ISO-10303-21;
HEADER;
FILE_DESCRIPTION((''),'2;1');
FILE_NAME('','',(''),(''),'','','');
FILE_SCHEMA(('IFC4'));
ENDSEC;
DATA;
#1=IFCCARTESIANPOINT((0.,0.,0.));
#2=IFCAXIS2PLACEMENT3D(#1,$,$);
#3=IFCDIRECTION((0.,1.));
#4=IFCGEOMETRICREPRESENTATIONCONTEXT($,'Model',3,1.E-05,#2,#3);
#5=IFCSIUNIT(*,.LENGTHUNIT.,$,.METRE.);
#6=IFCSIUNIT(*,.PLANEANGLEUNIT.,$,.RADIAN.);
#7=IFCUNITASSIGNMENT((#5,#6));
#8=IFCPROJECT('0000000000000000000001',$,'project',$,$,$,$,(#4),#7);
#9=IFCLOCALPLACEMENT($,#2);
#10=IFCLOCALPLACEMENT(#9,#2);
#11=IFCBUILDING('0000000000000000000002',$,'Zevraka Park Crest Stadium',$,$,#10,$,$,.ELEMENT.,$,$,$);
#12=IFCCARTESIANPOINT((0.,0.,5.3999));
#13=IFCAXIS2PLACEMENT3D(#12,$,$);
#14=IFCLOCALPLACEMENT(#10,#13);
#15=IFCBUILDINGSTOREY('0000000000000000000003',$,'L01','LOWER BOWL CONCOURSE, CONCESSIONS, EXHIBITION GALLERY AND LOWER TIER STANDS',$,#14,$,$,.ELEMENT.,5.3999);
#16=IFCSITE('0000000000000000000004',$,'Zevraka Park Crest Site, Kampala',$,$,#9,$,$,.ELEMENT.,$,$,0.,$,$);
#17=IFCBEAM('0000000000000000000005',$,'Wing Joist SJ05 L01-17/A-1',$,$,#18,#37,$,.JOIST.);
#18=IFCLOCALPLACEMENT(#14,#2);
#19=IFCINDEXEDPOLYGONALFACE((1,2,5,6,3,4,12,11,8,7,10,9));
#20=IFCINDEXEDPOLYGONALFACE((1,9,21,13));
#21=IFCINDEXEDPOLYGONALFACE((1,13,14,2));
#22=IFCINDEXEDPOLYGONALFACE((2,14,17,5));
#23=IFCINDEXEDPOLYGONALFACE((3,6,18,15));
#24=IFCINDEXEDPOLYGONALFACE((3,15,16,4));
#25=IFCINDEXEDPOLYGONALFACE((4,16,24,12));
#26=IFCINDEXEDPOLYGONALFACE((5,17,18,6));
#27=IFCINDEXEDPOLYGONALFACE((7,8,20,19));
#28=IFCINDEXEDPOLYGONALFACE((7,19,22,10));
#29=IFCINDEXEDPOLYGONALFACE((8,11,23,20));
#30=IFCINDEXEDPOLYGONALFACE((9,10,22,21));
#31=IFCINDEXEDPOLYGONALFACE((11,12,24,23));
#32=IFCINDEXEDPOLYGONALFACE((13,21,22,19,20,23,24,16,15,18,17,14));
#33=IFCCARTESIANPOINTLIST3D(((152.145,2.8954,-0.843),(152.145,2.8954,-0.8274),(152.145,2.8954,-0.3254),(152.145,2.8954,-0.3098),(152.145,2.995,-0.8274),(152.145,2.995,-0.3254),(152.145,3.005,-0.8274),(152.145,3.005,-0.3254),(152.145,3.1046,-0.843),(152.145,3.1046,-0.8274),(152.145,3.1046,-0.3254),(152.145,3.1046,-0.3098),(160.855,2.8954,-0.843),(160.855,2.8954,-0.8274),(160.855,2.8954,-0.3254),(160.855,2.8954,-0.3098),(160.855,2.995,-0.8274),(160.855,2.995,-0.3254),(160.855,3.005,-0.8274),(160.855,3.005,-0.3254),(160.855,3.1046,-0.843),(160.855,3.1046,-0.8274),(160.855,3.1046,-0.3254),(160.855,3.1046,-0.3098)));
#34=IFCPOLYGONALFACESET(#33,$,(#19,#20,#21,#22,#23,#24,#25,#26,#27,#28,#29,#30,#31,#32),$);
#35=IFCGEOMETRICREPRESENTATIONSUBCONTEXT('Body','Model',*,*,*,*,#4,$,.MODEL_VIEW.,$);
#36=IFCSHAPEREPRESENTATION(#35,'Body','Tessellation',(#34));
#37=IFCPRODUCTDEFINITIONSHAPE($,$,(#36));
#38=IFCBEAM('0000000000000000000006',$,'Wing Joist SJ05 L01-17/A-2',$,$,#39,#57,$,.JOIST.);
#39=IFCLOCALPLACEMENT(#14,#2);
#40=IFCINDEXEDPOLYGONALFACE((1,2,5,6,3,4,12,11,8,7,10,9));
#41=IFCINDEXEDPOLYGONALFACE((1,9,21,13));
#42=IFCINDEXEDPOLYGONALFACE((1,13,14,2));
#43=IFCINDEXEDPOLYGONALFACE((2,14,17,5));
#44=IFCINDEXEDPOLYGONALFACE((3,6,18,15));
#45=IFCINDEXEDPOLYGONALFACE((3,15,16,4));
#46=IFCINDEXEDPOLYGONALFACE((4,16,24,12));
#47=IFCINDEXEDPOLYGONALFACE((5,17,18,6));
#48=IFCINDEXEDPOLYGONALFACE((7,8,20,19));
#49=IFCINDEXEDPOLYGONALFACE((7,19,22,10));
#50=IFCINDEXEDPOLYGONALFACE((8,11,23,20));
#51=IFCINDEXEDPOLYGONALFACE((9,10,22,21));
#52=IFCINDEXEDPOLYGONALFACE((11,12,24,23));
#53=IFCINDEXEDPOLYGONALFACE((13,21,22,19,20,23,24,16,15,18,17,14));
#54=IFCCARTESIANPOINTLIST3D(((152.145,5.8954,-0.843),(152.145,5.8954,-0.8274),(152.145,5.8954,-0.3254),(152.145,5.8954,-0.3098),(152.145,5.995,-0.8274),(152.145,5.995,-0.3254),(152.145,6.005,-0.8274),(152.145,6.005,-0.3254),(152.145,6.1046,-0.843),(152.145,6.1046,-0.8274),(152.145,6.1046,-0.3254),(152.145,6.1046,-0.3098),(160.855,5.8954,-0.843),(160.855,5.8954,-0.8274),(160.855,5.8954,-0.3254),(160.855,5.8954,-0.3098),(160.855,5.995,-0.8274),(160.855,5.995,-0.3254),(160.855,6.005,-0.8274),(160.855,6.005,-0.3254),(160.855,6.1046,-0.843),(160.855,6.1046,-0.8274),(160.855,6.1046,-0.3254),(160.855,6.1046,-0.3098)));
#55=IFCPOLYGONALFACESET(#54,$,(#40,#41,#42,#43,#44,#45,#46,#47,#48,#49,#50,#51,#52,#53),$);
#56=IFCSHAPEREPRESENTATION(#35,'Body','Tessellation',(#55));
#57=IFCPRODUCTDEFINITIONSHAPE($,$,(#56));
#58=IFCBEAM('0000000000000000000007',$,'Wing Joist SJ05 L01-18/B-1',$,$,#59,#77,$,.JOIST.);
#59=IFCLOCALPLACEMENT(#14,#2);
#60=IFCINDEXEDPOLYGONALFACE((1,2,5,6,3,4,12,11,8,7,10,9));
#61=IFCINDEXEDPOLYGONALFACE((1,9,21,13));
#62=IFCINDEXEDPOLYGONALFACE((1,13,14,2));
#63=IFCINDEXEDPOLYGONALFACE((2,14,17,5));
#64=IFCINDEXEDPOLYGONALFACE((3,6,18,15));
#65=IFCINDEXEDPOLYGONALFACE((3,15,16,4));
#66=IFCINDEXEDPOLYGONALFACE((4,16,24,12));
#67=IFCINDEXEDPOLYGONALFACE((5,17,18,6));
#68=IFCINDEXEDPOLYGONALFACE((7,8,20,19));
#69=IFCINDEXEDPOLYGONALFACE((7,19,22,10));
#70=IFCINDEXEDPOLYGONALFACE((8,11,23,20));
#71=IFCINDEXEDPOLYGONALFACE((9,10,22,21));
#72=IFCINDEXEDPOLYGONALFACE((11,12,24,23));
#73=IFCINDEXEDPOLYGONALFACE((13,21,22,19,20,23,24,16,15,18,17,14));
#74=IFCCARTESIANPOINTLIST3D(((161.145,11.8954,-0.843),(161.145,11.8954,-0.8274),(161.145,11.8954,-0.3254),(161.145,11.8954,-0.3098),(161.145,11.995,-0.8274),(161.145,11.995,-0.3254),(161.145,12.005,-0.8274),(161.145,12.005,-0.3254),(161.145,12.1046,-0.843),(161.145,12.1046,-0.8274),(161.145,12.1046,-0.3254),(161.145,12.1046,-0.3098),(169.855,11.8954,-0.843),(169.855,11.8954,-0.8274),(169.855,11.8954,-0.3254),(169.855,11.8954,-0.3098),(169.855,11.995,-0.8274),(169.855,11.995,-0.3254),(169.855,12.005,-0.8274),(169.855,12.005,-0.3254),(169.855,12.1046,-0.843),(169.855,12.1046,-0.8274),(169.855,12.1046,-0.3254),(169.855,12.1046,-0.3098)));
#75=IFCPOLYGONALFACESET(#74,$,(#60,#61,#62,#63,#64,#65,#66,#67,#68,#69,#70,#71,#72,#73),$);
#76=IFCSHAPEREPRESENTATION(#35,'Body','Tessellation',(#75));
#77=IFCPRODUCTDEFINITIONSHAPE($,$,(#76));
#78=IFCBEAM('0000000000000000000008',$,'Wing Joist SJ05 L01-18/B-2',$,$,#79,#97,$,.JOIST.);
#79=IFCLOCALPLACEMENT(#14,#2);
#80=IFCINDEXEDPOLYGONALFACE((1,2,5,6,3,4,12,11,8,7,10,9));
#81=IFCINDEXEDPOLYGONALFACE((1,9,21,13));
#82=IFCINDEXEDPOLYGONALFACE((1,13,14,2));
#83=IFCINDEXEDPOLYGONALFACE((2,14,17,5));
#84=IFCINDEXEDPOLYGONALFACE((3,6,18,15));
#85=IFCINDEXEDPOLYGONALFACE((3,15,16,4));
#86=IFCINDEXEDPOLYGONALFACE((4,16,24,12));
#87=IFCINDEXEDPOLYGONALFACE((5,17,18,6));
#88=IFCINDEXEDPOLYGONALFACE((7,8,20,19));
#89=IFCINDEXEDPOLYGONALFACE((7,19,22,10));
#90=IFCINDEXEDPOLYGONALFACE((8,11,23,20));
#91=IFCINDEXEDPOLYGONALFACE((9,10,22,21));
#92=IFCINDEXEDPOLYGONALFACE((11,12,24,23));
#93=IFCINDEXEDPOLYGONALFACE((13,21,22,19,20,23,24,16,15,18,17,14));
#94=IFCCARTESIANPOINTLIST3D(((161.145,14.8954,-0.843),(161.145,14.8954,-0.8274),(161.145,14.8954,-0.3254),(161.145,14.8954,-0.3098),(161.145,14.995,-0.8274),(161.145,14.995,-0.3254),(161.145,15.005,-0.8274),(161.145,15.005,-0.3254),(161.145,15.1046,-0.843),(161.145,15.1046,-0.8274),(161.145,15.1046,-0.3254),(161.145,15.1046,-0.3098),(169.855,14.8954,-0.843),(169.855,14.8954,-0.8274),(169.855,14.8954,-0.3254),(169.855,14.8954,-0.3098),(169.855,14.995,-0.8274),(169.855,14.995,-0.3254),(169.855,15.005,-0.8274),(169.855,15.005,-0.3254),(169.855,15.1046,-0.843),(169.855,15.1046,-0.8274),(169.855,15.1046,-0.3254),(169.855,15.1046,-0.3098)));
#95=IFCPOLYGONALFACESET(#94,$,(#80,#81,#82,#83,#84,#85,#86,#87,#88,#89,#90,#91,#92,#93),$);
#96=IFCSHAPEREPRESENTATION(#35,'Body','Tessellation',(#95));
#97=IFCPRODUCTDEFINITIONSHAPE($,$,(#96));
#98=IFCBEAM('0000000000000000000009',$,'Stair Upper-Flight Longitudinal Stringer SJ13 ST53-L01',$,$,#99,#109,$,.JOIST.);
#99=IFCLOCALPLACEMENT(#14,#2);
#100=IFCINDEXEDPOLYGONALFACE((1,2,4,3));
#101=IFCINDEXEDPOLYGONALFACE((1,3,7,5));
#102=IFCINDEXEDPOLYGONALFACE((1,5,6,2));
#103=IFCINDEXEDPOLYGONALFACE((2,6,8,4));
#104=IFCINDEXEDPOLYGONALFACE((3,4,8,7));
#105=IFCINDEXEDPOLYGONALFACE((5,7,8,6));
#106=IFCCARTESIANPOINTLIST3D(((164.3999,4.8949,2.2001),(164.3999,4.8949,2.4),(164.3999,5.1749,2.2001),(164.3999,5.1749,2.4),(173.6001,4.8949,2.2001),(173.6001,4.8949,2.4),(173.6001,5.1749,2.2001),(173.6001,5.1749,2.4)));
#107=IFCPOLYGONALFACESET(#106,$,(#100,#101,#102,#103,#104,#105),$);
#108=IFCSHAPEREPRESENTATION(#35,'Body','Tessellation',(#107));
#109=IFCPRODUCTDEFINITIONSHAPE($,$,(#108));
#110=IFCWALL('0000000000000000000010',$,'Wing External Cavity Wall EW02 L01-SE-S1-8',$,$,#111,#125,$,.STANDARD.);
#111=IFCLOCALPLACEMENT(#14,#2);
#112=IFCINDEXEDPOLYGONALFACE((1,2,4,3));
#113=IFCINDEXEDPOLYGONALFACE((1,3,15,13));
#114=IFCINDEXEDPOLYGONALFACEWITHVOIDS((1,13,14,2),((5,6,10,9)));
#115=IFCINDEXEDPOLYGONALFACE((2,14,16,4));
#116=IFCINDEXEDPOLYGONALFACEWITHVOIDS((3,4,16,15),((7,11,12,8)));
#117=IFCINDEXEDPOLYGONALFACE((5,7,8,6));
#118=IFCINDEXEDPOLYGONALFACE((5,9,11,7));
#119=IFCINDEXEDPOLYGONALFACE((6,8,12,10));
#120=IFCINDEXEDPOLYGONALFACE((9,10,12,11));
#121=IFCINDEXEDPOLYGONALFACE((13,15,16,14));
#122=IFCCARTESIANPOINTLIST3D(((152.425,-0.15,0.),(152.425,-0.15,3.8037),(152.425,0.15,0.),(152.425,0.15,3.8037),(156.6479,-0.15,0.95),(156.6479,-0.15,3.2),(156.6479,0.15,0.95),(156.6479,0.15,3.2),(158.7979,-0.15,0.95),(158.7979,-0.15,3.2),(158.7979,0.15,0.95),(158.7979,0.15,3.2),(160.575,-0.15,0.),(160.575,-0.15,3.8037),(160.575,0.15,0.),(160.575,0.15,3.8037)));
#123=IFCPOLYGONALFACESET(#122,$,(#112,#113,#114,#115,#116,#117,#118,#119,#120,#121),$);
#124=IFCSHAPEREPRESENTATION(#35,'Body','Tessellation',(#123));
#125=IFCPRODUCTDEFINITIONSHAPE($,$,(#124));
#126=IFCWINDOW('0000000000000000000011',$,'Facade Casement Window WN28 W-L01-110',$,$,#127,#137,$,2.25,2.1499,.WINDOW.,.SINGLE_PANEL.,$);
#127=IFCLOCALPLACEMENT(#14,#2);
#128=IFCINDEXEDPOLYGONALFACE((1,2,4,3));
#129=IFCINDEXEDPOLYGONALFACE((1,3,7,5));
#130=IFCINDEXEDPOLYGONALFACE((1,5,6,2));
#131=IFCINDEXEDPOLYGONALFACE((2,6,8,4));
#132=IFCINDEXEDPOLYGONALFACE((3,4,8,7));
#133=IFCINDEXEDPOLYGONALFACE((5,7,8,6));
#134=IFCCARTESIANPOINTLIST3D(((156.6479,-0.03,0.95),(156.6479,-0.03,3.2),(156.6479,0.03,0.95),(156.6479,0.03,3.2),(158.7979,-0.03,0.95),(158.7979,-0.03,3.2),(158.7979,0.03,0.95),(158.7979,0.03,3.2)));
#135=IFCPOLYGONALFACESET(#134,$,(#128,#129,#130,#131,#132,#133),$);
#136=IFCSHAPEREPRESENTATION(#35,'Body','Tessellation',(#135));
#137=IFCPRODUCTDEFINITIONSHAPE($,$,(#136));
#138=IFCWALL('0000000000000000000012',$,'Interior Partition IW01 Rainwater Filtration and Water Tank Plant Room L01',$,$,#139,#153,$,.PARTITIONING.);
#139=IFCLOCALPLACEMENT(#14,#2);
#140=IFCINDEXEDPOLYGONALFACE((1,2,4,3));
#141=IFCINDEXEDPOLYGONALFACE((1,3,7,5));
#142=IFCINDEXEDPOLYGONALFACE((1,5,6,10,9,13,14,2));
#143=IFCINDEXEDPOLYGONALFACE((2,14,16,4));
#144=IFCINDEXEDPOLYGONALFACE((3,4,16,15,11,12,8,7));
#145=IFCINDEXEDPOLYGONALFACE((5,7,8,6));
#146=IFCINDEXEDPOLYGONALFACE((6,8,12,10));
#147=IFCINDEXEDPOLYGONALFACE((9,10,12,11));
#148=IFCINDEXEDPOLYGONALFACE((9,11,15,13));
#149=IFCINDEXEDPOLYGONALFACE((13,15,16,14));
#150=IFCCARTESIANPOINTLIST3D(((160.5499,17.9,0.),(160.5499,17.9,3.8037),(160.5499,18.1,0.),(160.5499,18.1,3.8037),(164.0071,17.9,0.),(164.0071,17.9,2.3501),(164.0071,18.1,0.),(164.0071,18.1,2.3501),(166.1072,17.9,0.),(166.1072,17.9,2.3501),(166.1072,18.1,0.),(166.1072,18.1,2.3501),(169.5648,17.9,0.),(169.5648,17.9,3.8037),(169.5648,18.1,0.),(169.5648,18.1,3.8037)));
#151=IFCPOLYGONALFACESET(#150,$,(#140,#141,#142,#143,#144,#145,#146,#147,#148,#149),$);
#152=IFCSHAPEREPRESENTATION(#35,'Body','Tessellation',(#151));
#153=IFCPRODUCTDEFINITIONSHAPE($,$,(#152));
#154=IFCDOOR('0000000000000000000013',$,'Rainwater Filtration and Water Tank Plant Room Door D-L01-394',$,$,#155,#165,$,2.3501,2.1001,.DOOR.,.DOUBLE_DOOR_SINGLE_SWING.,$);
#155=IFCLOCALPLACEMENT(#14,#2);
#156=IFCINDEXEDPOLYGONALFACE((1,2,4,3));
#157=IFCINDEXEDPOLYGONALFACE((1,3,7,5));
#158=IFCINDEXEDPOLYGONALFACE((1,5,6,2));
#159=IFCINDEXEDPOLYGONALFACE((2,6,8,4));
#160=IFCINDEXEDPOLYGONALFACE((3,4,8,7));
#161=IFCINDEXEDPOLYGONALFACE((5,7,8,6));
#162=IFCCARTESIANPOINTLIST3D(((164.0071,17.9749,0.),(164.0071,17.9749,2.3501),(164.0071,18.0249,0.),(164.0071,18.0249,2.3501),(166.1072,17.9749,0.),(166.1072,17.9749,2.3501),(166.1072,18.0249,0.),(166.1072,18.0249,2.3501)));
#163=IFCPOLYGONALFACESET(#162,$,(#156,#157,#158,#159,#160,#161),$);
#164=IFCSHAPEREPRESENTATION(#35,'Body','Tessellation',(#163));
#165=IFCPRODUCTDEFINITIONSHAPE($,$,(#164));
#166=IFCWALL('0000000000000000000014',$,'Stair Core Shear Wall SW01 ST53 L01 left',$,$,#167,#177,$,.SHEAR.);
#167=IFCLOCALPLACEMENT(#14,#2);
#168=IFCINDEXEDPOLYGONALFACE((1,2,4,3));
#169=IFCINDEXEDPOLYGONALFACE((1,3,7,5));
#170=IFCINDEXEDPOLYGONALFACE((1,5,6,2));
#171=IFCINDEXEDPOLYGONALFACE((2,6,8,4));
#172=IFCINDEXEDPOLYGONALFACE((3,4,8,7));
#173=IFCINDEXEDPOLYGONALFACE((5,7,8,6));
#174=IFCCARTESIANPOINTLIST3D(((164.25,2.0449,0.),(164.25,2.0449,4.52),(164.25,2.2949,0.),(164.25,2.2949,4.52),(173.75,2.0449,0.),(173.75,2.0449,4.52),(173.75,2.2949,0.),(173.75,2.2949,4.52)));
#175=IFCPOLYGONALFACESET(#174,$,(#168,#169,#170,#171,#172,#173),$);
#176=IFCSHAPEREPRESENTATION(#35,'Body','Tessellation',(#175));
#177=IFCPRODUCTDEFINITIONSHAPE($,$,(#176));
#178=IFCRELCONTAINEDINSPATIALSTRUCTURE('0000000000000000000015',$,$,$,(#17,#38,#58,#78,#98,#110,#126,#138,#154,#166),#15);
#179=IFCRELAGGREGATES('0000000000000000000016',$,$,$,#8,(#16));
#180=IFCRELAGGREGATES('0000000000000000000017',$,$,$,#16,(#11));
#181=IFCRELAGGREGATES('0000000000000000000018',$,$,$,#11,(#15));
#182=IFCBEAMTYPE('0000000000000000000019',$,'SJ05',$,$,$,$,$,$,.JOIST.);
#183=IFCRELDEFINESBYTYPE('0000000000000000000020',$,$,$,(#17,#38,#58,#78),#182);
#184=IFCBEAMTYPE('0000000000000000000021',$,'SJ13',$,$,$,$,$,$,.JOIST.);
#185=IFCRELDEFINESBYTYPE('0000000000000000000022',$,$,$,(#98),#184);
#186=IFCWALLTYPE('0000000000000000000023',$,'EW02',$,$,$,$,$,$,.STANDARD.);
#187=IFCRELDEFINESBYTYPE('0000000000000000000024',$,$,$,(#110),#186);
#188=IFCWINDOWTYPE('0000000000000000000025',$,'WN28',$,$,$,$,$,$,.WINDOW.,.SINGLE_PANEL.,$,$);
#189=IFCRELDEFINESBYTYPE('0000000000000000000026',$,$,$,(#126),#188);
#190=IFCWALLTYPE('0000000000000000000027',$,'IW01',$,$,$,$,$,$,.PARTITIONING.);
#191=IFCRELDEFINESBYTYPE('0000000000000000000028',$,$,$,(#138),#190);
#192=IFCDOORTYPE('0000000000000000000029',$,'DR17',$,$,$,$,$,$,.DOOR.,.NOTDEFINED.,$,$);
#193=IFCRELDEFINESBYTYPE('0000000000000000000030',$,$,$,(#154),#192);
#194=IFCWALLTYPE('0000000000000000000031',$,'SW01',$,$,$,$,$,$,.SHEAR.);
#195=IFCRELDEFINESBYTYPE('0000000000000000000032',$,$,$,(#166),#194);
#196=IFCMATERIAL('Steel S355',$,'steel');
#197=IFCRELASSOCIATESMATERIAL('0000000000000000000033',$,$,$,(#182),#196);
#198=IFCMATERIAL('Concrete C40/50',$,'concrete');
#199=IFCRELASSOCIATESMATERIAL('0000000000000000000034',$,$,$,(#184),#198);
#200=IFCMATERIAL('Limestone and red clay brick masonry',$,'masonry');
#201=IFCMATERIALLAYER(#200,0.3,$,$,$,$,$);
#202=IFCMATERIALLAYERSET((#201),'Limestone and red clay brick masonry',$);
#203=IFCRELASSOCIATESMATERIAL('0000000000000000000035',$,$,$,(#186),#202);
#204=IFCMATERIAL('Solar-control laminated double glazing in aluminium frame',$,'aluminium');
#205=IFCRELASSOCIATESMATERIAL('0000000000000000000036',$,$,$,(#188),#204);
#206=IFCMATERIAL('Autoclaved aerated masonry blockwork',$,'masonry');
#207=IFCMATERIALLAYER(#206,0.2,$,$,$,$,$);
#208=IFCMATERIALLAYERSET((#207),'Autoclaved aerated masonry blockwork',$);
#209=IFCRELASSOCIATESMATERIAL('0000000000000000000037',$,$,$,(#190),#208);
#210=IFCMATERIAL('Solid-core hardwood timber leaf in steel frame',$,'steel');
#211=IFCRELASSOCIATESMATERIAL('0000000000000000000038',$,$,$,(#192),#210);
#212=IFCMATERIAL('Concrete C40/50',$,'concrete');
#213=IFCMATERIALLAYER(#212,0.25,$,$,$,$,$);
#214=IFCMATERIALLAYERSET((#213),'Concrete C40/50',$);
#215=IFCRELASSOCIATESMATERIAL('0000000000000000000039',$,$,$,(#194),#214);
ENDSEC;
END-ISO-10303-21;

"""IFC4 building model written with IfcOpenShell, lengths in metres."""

from ifc_helpers import new_model, si_unit, direction, frame, frame_2d, origin, origin_2d, place, context, subcontext, project, spatial, rectangle, i_section, extrude, material, layer, layer_set, material_profile, profile_set, type_object, element, fill, save


model = new_model("IFC4")

# Units and contexts
model_context = context("Model", 3, precision=1e-05, world=origin(), true_north=direction((0.0, 1.0)))
body_context = subcontext(model_context, "Body", "Model", "MODEL_VIEW")
ifc_project = project(units=[si_unit("LENGTHUNIT", "METRE"), si_unit("PLANEANGLEUNIT", "RADIAN")], contexts=[model_context])

# Site, building, storey
site_placement = place(None, origin())
site = spatial("IfcSite", under=ifc_project, at=site_placement, Name="Zevraka Park Crest Site, Kampala", CompositionType="ELEMENT", RefElevation=0.0)
building_placement = place(site_placement, origin())
building = spatial("IfcBuilding", under=site, at=building_placement, Name="Zevraka Park Crest Stadium", CompositionType="ELEMENT")
storey_placement = place(building_placement, frame((0.0, 0.0, 5.3999)))
storey = spatial("IfcBuildingStorey", under=building, at=storey_placement, Name="L01", Description="LOWER BOWL CONCOURSE, CONCESSIONS, EXHIBITION GALLERY AND LOWER TIER STANDS", CompositionType="ELEMENT", Elevation=5.3999)

# Beams
ifc_material_1 = material(Name="Steel S355", Category="steel")
ifc_material_profile_1 = material_profile(ifc_material_1, i_section(OverallWidth=0.2092, OverallDepth=0.5332, WebThickness=0.01, FlangeThickness=0.0156, at=origin_2d()), Name="UKB 533x210x92")
ifc_profile_set_1 = profile_set([ifc_material_profile_1], Name="Steel S355")
beam_type_1 = type_object("IfcBeamType", Name="SJ05", PredefinedType="JOIST", material=ifc_profile_set_1)
for number, where, z_axis, x_axis, name in (
    (1, (152.145, 3.0, -0.5764), (1.0, 0.0, 0.0), (0.0, 1.0, 0.0), "Wing Joist SJ05 L01-17/A-1"),
    (2, (152.145, 6.0, -0.5764), (1.0, 0.0, 0.0), (0.0, 1.0, 0.0), "Wing Joist SJ05 L01-17/A-2"),
    (3, (161.145, 12.0, -0.5764), (1.0, 0.0, 0.0), (0.0, 1.0, 0.0), "Wing Joist SJ05 L01-18/B-1"),
    (4, (161.145, 15.0, -0.5764), (1.0, 0.0, 0.0), (0.0, 1.0, 0.0), "Wing Joist SJ05 L01-18/B-2"),
):
    element("IfcBeam", number, at=place(storey_placement, frame(where, z_axis=z_axis, x_axis=x_axis)), inside=storey, type_object=beam_type_1, Name=name, PredefinedType="JOIST", context=body_context, shape_type="SweptSolid", body=[
        extrude(i_section(OverallWidth=0.2092, OverallDepth=0.5332, WebThickness=0.01, FlangeThickness=0.0156, at=origin_2d()), origin(), (0.0, 0.0, 1.0), 8.71),
    ])
ifc_material_2 = material(Name="Concrete C40/50", Category="concrete")
ifc_material_profile_2 = material_profile(ifc_material_2, rectangle(XDim=0.28, YDim=0.2, at=origin_2d()), Name="RC 200x280")
ifc_profile_set_2 = profile_set([ifc_material_profile_2], Name="Concrete C40/50")
beam_type_2 = type_object("IfcBeamType", Name="SJ13", PredefinedType="JOIST", material=ifc_profile_set_2)
beam_1_placement = place(storey_placement, frame((164.3999, 5.0349, 2.3), z_axis=(1.0, 0.0, 0.0), x_axis=(0.0, 1.0, 0.0)))
element("IfcBeam", 5, at=beam_1_placement, inside=storey, type_object=beam_type_2, Name="Stair Upper-Flight Longitudinal Stringer SJ13 ST53-L01", PredefinedType="JOIST", context=body_context, shape_type="SweptSolid", body=[
    extrude(rectangle(XDim=0.28, YDim=0.2, at=origin_2d()), origin(), (0.0, 0.0, 1.0), 9.2002),
])

# Wall, opening, window
ifc_material_3 = material(Name="Limestone and red clay brick masonry", Category="masonry")
ifc_layer_1 = layer(ifc_material_3, 0.3)
ifc_layer_set_1 = layer_set([ifc_layer_1], Name="Limestone and red clay brick masonry")
wall_type_1 = type_object("IfcWallType", Name="EW02", PredefinedType="STANDARD", material=ifc_layer_set_1)
wall_1_placement = place(storey_placement, frame((160.575, 0.0, 0.0), z_axis=(0.0, 0.0, 1.0), x_axis=(-1.0, 0.0, 0.0)))
wall_1 = element("IfcWall", 6, at=wall_1_placement, inside=storey, type_object=wall_type_1, Name="Wing External Cavity Wall EW02 L01-SE-S1-8", PredefinedType="STANDARD", context=body_context, shape_type="SweptSolid", body=[
    extrude(rectangle(XDim=8.1499, YDim=0.3, at=frame_2d((4.075, 0.0))), origin(), (0.0, 0.0, 1.0), 3.8037),
])
opening_1_placement = place(wall_1_placement, frame((1.7771, 0.0, 0.95)))
opening_1 = element("IfcOpeningElement", 7, at=opening_1_placement, cuts=wall_1, PredefinedType="OPENING", context=body_context, shape_type="SweptSolid", body=[
    extrude(rectangle(XDim=2.1499, YDim=2.25, at=frame_2d((1.075, 1.125))), frame((0.0, 0.1599, 0.0), z_axis=(0.0, -1.0, 0.0), x_axis=(1.0, 0.0, 0.0)), (0.0, 0.0, 1.0), 0.3201),
])
ifc_material_4 = material(Name="Solar-control laminated double glazing in aluminium frame", Category="aluminium")
window_type = type_object("IfcWindowType", Name="WN28", PartitioningType="SINGLE_PANEL", PredefinedType="WINDOW", material=ifc_material_4)
window_placement = place(opening_1_placement, origin())
window = element("IfcWindow", 8, at=window_placement, inside=storey, type_object=window_type, Name="Facade Casement Window WN28 W-L01-110", OverallHeight=2.25, OverallWidth=2.1499, PartitioningType="SINGLE_PANEL", PredefinedType="WINDOW", context=body_context, shape_type="SweptSolid", body=[
    extrude(rectangle(XDim=2.1499, YDim=2.25, at=frame_2d((1.075, 1.125))), frame((0.0, 0.03, 0.0), z_axis=(0.0, -1.0, 0.0), x_axis=(1.0, 0.0, 0.0)), (0.0, 0.0, 1.0), 0.0601),
])
fill(opening_1, window)

# Wall, opening, door
ifc_material_5 = material(Name="Autoclaved aerated masonry blockwork", Category="masonry")
ifc_layer_2 = layer(ifc_material_5, 0.2)
ifc_layer_set_2 = layer_set([ifc_layer_2], Name="Autoclaved aerated masonry blockwork")
wall_type_2 = type_object("IfcWallType", Name="IW01", PredefinedType="PARTITIONING", material=ifc_layer_set_2)
wall_2_placement = place(storey_placement, frame((160.55, 18.0, 0.0), z_axis=(0.0, 0.0, 1.0), x_axis=(1.0, 0.0, 0.0)))
wall_2 = element("IfcWall", 9, at=wall_2_placement, inside=storey, type_object=wall_type_2, Name="Interior Partition IW01 Rainwater Filtration and Water Tank Plant Room L01", PredefinedType="PARTITIONING", context=body_context, shape_type="SweptSolid", body=[
    extrude(rectangle(XDim=9.0149, YDim=0.2, at=frame_2d((4.5073, 0.0))), origin(), (0.0, 0.0, 1.0), 3.8037),
])
opening_2_placement = place(wall_2_placement, frame((3.457, 0.0, 0.0)))
opening_2 = element("IfcOpeningElement", 10, at=opening_2_placement, cuts=wall_2, PredefinedType="OPENING", context=body_context, shape_type="SweptSolid", body=[
    extrude(rectangle(XDim=2.1001, YDim=2.3501, at=frame_2d((1.05, 1.175))), frame((0.0, 0.1099, 0.0), z_axis=(0.0, -1.0, 0.0), x_axis=(1.0, 0.0, 0.0)), (0.0, 0.0, 1.0), 0.22),
])
ifc_material_6 = material(Name="Solid-core hardwood timber leaf in steel frame", Category="steel")
door_type_1 = type_object("IfcDoorType", Name="DR17", OperationType="NOTDEFINED", PredefinedType="DOOR", material=ifc_material_6)
door_1_placement = place(opening_2_placement, origin())
door_1 = element("IfcDoor", 11, at=door_1_placement, inside=storey, type_object=door_type_1, Name="Rainwater Filtration and Water Tank Plant Room Door D-L01-394", OperationType="DOUBLE_DOOR_SINGLE_SWING", OverallHeight=2.3501, OverallWidth=2.1001, PredefinedType="DOOR", context=body_context, shape_type="SweptSolid", body=[
    extrude(rectangle(XDim=2.1001, YDim=2.3501, at=frame_2d((1.05, 1.175))), frame((0.0, 0.0249, 0.0), z_axis=(0.0, -1.0, 0.0), x_axis=(1.0, 0.0, 0.0)), (0.0, 0.0, 1.0), 0.05),
])
fill(opening_2, door_1)

# Wall
ifc_material_7 = material(Name="Concrete C40/50", Category="concrete")
ifc_layer_3 = layer(ifc_material_7, 0.25)
ifc_layer_set_3 = layer_set([ifc_layer_3], Name="Concrete C40/50")
wall_type_3 = type_object("IfcWallType", Name="SW01", PredefinedType="SHEAR", material=ifc_layer_set_3)
wall_3_placement = place(storey_placement, frame((164.25, 2.1699, 0.0), z_axis=(0.0, 0.0, 1.0), x_axis=(1.0, 0.0, 0.0)))
element("IfcWall", 12, at=wall_3_placement, inside=storey, type_object=wall_type_3, Name="Stair Core Shear Wall SW01 ST53 L01 left", PredefinedType="SHEAR", context=body_context, shape_type="SweptSolid", body=[
    extrude(rectangle(XDim=9.5, YDim=0.25, at=frame_2d((4.75, 0.0))), origin(), (0.0, 0.0, 1.0), 4.52),
])

save(model, "model.ifc")
